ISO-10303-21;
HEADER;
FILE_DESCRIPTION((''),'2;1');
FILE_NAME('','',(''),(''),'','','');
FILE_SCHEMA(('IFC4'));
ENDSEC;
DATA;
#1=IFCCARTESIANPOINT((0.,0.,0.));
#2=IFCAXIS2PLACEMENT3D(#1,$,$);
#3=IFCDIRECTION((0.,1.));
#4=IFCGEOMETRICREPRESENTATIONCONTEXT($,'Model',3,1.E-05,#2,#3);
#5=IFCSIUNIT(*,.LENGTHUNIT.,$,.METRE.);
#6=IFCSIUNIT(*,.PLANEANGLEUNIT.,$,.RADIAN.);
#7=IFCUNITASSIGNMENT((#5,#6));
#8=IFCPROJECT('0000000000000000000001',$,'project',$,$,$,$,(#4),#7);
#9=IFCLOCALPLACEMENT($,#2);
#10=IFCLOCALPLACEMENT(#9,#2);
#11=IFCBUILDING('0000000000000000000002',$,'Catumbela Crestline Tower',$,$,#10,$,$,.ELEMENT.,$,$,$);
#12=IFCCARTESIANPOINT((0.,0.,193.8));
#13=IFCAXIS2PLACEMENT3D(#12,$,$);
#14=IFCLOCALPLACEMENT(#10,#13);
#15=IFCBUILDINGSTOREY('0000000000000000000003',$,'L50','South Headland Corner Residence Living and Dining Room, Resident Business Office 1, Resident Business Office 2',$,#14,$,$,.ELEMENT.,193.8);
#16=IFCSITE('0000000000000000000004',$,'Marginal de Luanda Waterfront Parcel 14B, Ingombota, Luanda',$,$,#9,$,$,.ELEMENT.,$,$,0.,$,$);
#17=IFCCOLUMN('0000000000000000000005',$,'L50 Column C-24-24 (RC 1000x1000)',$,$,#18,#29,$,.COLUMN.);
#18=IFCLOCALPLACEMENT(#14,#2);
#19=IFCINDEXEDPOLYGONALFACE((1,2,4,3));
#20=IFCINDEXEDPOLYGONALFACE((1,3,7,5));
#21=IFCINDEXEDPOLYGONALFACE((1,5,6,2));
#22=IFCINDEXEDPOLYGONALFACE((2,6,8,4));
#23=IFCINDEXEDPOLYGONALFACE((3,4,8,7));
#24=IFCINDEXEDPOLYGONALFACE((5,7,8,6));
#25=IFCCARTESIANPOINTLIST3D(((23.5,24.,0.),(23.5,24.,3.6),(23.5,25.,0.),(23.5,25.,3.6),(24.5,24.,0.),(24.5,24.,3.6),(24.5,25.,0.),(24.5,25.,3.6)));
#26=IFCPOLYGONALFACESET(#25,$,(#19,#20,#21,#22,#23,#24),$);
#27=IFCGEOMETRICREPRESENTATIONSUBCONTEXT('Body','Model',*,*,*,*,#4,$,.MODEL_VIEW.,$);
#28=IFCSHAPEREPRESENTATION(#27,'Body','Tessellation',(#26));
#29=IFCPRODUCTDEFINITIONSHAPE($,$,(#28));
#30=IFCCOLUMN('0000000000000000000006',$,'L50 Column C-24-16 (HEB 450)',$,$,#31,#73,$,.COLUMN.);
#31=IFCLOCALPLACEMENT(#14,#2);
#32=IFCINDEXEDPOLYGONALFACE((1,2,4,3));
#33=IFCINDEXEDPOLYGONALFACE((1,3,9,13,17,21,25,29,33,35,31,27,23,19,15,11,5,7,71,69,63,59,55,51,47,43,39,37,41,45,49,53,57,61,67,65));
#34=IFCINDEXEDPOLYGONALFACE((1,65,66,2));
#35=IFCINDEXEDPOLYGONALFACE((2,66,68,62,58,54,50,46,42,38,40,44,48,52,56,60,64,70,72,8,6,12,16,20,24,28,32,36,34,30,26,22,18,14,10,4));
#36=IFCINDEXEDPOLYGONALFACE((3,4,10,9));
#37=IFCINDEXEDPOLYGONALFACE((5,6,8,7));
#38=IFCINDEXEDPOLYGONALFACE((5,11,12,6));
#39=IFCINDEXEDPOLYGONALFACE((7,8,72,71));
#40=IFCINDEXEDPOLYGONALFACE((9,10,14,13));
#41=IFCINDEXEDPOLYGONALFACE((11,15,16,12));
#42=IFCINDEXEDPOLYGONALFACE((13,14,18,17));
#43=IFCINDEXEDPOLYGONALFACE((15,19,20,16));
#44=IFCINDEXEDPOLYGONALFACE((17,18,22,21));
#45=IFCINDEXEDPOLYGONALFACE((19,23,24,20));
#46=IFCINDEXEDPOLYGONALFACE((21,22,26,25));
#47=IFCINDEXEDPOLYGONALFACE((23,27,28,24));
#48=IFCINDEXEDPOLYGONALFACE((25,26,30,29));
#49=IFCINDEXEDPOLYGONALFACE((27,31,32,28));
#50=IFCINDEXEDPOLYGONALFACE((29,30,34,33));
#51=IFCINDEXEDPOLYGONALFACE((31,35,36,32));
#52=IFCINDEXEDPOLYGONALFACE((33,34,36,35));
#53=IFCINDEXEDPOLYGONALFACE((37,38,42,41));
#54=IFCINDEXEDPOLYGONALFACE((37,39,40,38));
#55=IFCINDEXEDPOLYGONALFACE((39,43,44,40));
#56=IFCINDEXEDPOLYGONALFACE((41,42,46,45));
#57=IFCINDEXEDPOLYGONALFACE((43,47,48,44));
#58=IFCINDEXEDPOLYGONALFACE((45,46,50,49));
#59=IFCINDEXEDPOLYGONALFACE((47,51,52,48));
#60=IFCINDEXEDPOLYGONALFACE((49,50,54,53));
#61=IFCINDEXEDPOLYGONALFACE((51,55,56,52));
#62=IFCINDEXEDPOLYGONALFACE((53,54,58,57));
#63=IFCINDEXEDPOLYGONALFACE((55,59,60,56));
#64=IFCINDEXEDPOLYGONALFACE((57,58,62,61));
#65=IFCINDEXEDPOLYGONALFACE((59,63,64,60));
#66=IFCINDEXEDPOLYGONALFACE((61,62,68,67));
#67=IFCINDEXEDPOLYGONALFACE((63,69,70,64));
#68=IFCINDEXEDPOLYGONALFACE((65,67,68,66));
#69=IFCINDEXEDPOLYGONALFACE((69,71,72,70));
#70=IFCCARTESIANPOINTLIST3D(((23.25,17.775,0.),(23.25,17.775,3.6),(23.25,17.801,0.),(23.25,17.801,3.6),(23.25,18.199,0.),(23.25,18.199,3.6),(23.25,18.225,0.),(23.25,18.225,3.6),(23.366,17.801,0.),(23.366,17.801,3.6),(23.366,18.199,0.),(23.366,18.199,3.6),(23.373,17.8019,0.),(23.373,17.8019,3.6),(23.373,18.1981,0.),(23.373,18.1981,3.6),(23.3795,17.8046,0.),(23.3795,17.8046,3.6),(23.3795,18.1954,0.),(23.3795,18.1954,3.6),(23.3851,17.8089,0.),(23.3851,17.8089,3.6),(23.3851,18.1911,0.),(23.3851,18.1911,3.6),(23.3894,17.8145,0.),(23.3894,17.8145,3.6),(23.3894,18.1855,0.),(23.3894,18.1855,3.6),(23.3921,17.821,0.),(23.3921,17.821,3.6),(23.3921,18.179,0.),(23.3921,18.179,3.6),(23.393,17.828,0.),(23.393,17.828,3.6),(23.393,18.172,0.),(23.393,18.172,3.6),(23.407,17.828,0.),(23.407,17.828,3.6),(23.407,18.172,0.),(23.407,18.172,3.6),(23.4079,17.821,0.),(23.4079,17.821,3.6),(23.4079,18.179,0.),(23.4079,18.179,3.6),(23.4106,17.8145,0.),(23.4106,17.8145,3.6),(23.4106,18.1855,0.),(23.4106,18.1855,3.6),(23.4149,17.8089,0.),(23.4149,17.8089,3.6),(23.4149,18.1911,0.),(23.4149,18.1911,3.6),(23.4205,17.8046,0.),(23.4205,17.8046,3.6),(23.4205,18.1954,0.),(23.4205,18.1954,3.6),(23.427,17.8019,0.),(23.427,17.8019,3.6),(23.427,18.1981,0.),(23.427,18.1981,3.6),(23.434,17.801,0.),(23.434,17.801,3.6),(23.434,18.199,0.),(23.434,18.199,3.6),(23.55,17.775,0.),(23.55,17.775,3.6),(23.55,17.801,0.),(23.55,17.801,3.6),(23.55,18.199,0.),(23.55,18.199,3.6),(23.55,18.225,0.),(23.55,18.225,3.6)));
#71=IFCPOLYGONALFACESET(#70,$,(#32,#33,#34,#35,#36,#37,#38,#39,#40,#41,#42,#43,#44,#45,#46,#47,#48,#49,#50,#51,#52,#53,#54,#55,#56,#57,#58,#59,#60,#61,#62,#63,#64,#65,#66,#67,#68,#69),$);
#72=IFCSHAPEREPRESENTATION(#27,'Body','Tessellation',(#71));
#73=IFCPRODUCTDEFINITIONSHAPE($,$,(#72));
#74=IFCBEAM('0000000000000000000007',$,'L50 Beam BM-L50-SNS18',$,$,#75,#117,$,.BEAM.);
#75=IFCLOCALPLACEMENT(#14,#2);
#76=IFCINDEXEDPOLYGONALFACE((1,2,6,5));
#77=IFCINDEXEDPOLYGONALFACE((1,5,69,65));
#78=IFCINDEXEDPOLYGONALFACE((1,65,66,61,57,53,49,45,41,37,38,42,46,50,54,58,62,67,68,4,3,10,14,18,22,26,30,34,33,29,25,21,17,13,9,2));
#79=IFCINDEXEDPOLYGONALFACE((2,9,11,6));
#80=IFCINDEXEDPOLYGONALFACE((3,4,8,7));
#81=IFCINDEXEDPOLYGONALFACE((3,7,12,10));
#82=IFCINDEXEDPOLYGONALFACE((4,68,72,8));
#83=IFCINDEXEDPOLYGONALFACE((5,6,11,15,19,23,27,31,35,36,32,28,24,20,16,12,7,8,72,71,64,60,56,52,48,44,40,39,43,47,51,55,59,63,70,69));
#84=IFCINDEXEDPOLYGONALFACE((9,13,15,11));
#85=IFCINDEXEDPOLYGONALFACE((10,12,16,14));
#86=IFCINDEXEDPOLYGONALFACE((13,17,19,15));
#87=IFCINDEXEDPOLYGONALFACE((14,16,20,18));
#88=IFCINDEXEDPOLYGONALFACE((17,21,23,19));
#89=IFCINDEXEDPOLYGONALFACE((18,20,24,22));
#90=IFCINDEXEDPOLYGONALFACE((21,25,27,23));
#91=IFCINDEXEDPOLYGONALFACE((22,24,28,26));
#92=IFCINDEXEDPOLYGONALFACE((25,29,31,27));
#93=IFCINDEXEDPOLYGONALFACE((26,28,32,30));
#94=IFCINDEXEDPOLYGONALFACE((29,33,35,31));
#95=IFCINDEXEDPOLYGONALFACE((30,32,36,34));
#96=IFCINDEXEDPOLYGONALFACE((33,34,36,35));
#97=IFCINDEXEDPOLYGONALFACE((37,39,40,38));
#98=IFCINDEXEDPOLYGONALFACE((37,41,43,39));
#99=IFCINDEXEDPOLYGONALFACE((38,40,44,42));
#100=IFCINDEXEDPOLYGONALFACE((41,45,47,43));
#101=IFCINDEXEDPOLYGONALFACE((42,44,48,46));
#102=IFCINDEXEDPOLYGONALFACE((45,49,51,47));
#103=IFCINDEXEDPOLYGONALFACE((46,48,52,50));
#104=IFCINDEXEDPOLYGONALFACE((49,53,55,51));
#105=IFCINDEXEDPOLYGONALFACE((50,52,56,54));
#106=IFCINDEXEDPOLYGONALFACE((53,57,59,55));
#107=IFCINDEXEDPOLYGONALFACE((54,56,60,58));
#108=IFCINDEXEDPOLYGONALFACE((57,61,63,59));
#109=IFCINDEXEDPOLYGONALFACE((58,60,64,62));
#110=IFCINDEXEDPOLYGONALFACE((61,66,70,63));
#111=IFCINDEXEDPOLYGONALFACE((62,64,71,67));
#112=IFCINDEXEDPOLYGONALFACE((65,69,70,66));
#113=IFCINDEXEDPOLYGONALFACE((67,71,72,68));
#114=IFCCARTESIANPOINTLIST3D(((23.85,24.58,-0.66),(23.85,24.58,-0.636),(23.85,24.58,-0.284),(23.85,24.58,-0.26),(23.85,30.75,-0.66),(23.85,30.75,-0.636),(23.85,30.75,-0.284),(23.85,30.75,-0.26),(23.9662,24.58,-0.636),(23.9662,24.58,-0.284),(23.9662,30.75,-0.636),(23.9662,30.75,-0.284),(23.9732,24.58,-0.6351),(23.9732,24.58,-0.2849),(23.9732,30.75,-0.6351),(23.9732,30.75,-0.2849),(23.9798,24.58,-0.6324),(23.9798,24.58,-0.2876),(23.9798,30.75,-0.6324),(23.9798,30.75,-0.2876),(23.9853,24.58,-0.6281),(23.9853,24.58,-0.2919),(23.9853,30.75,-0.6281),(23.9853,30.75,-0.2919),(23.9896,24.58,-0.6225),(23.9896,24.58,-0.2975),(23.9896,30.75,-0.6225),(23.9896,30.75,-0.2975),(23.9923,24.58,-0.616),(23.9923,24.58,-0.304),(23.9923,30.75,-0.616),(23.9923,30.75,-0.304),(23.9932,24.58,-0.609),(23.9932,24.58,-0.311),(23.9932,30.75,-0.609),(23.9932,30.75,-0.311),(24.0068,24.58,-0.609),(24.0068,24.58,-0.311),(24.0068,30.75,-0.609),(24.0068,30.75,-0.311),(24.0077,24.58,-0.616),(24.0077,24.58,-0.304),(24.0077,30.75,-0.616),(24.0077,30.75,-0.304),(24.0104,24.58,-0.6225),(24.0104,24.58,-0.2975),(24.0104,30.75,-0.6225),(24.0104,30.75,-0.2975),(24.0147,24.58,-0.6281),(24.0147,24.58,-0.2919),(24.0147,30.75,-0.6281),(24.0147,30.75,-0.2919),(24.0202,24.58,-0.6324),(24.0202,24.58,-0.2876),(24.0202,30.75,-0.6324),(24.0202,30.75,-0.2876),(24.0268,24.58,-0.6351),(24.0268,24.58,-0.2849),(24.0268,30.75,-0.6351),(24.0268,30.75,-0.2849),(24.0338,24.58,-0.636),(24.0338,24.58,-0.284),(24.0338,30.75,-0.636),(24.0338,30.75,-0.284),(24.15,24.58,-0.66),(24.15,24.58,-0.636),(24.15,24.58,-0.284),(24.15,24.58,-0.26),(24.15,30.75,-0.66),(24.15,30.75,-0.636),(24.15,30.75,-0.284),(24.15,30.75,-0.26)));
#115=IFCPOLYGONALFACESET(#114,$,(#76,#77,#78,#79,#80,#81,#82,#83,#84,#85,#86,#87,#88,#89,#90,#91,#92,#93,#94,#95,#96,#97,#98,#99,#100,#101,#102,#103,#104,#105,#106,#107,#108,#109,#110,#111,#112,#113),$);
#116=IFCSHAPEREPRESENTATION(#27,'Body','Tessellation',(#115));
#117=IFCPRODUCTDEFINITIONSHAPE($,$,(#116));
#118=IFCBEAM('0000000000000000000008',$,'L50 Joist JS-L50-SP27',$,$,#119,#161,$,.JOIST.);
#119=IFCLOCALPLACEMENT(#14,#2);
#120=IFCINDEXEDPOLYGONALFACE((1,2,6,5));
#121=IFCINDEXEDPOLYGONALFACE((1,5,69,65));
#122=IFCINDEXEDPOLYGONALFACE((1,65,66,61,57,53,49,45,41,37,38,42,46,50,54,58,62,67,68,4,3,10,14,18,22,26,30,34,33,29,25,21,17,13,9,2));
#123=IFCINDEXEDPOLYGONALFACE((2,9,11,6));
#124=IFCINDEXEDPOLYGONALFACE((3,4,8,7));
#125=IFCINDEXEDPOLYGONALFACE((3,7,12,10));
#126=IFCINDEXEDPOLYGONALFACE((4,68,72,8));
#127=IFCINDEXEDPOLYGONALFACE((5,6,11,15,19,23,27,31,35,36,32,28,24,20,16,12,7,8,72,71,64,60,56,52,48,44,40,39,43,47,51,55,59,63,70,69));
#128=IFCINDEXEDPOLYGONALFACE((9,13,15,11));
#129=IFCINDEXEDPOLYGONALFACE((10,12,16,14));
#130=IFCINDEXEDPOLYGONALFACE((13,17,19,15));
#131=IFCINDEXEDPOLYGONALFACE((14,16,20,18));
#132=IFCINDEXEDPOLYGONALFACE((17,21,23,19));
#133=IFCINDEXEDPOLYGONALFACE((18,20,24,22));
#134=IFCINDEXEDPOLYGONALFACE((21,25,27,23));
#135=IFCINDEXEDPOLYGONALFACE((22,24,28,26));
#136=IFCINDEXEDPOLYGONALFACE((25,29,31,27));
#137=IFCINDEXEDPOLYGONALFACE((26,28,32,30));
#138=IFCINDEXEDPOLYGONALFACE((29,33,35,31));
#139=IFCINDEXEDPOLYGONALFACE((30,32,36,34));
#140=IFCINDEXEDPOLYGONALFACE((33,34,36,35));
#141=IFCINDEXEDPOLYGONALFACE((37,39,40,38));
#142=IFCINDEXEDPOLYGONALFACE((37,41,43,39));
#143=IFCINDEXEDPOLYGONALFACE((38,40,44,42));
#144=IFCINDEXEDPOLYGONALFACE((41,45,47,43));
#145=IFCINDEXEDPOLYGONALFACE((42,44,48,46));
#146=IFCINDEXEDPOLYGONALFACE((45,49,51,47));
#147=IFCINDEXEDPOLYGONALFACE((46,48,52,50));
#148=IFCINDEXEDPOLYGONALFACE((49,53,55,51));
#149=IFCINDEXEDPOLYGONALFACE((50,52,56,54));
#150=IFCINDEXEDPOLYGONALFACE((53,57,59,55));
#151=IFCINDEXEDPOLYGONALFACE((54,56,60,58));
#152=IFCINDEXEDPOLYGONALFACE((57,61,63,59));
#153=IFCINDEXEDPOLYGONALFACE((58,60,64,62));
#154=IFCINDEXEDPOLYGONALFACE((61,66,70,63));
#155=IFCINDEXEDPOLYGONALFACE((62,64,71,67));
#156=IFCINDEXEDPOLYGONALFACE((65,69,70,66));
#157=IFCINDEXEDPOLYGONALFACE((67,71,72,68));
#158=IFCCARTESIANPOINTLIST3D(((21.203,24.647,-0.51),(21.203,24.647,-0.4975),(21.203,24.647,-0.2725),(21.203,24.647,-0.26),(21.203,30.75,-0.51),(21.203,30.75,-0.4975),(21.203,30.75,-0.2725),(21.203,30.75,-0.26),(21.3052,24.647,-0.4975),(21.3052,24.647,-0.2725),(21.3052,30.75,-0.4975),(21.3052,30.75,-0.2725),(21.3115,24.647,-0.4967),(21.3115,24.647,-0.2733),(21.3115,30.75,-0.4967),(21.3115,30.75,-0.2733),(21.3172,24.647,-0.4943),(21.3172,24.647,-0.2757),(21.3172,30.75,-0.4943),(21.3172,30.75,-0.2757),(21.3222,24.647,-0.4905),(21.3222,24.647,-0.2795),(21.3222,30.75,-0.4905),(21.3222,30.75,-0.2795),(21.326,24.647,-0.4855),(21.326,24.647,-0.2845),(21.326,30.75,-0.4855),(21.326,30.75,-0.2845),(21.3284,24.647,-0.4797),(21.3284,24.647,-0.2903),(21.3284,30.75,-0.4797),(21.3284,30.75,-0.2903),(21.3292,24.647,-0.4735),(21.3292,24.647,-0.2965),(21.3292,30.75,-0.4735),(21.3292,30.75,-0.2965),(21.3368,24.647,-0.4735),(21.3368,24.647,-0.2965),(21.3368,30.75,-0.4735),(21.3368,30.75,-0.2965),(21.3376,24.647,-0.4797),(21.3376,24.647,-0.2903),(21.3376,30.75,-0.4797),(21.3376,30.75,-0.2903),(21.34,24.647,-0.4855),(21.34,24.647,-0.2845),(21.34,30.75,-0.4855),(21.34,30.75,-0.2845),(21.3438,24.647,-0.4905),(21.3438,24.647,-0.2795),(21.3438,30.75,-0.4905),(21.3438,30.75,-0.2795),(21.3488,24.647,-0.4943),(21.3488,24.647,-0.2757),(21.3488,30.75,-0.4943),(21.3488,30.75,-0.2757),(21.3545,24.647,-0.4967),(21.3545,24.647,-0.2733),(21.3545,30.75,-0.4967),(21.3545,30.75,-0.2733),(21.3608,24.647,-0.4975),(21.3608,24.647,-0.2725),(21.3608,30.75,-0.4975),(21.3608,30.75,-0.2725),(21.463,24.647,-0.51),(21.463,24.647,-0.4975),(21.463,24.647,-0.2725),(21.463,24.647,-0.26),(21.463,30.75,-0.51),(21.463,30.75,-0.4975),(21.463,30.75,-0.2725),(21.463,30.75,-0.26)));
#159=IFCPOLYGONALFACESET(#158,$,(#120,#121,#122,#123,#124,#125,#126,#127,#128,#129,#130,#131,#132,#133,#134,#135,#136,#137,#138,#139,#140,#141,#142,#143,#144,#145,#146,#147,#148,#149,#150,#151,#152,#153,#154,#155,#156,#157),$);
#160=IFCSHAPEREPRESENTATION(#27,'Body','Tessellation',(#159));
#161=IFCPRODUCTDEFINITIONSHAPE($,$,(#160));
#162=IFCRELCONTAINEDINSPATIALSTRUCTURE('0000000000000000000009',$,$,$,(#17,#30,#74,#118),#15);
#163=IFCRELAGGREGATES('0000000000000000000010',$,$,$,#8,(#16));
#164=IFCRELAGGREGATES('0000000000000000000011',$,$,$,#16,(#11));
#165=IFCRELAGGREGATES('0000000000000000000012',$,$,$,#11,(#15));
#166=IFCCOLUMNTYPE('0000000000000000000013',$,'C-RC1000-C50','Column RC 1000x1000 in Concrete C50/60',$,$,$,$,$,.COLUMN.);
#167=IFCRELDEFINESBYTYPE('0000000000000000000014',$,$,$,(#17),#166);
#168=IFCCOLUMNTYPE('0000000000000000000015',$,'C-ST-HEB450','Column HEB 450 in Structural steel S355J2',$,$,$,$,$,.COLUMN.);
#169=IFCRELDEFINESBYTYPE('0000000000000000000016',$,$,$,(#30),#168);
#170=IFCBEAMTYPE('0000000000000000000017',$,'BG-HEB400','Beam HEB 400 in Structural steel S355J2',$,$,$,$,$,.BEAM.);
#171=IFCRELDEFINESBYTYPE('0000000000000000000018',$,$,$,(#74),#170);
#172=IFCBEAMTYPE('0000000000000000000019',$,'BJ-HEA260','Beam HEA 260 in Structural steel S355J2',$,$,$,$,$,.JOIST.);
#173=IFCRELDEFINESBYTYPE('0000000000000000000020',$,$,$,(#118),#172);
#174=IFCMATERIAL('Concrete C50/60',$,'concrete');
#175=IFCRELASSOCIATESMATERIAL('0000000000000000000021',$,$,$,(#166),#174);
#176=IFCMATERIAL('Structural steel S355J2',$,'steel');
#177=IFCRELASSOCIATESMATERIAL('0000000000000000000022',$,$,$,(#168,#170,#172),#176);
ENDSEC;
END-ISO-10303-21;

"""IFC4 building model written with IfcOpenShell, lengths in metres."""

from ifc_helpers import new_model, si_unit, direction, frame, origin, origin_2d, place, context, subcontext, project, spatial, rectangle, i_section, extrude, material, material_profile, profile_set, type_object, element, save


model = new_model("IFC4")

# Units and contexts
model_context = context("Model", 3, precision=1e-05, world=origin(), true_north=direction((0.0, 1.0)))
body_context = subcontext(model_context, "Body", "Model", "MODEL_VIEW")
ifc_project = project(units=[si_unit("LENGTHUNIT", "METRE"), si_unit("PLANEANGLEUNIT", "RADIAN")], contexts=[model_context])

# Site, building, storey
site_placement = place(None, origin())
site = spatial("IfcSite", under=ifc_project, at=site_placement, Name="Marginal de Luanda Waterfront Parcel 14B, Ingombota, Luanda", CompositionType="ELEMENT", RefElevation=0.0)
building_placement = place(site_placement, origin())
building = spatial("IfcBuilding", under=site, at=building_placement, Name="Catumbela Crestline Tower", CompositionType="ELEMENT")
storey_placement = place(building_placement, frame((0.0, 0.0, 193.8)))
storey = spatial("IfcBuildingStorey", under=building, at=storey_placement, Name="L50", Description="South Headland Corner Residence Living and Dining Room, Resident Business Office 1, Resident Business Office 2", CompositionType="ELEMENT", Elevation=193.8)

# Columns
ifc_material_1 = material(Name="Concrete C50/60", Category="concrete")
ifc_material_profile_1 = material_profile(ifc_material_1, rectangle(XDim=1.0, YDim=1.0, at=origin_2d()), Name="RC 1000x1000")
ifc_profile_set_1 = profile_set([ifc_material_profile_1], Name="Concrete C50/60")
column_type_1 = type_object("IfcColumnType", Name="C-RC1000-C50", Description="Column RC 1000x1000 in Concrete C50/60", PredefinedType="COLUMN", material=ifc_profile_set_1)
column_1_placement = place(storey_placement, frame((24.0, 24.5, 0.0), z_axis=(0.0, 0.0, 1.0), x_axis=(1.0, 0.0, 0.0)))
element("IfcColumn", 1, at=column_1_placement, inside=storey, type_object=column_type_1, Name="L50 Column C-24-24 (RC 1000x1000)", PredefinedType="COLUMN", context=body_context, shape_type="SweptSolid", body=[
    extrude(rectangle(XDim=1.0, YDim=1.0, at=origin_2d()), origin(), (0.0, 0.0, 1.0), 3.6),
])
ifc_material_2 = material(Name="Structural steel S355J2", Category="steel")
ifc_material_profile_2 = material_profile(ifc_material_2, i_section(OverallWidth=0.3, OverallDepth=0.45, WebThickness=0.014, FlangeThickness=0.026, FilletRadius=0.027, at=origin_2d()), Name="HEB 450")
ifc_profile_set_2 = profile_set([ifc_material_profile_2], Name="Structural steel S355J2")
column_type_2 = type_object("IfcColumnType", Name="C-ST-HEB450", Description="Column HEB 450 in Structural steel S355J2", PredefinedType="COLUMN", material=ifc_profile_set_2)
column_2_placement = place(storey_placement, frame((23.4, 18.0, 0.0), z_axis=(0.0, 0.0, 1.0), x_axis=(1.0, 0.0, 0.0)))
element("IfcColumn", 2, at=column_2_placement, inside=storey, type_object=column_type_2, Name="L50 Column C-24-16 (HEB 450)", PredefinedType="COLUMN", context=body_context, shape_type="SweptSolid", body=[
    extrude(i_section(OverallWidth=0.3, OverallDepth=0.45, WebThickness=0.014, FlangeThickness=0.026, FilletRadius=0.027, at=origin_2d()), origin(), (0.0, 0.0, 1.0), 3.6),
])

# Beams
ifc_material_profile_3 = material_profile(ifc_material_2, i_section(OverallWidth=0.3, OverallDepth=0.4, WebThickness=0.0135, FlangeThickness=0.024, FilletRadius=0.027, at=origin_2d()), Name="HEB 400")
ifc_profile_set_3 = profile_set([ifc_material_profile_3], Name="Structural steel S355J2")
beam_type_1 = type_object("IfcBeamType", Name="BG-HEB400", Description="Beam HEB 400 in Structural steel S355J2", PredefinedType="BEAM", material=ifc_profile_set_3)
beam_1_placement = place(storey_placement, frame((24.0, 24.58, -0.46), z_axis=(0.0, 1.0, 0.0), x_axis=(-1.0, 0.0, 0.0)))
element("IfcBeam", 3, at=beam_1_placement, inside=storey, type_object=beam_type_1, Name="L50 Beam BM-L50-SNS18", PredefinedType="BEAM", context=body_context, shape_type="SweptSolid", body=[
    extrude(i_section(OverallWidth=0.3, OverallDepth=0.4, WebThickness=0.0135, FlangeThickness=0.024, FilletRadius=0.027, at=origin_2d()), origin(), (0.0, 0.0, 1.0), 6.17),
])
ifc_material_profile_4 = material_profile(ifc_material_2, i_section(OverallWidth=0.26, OverallDepth=0.25, WebThickness=0.0075, FlangeThickness=0.0125, FilletRadius=0.024, at=origin_2d()), Name="HEA 260")
ifc_profile_set_4 = profile_set([ifc_material_profile_4], Name="Structural steel S355J2")
beam_type_2 = type_object("IfcBeamType", Name="BJ-HEA260", Description="Beam HEA 260 in Structural steel S355J2", PredefinedType="JOIST", material=ifc_profile_set_4)
for number, where, z_axis, x_axis, name in (
    (4, (21.333, 24.647, -0.385), (0.0, 1.0, 0.0), (-1.0, 0.0, 0.0), "L50 Joist JS-L50-SP27"),
):
    element("IfcBeam", number, at=place(storey_placement, frame(where, z_axis=z_axis, x_axis=x_axis)), inside=storey, type_object=beam_type_2, Name=name, PredefinedType="JOIST", context=body_context, shape_type="SweptSolid", body=[
        extrude(i_section(OverallWidth=0.26, OverallDepth=0.25, WebThickness=0.0075, FlangeThickness=0.0125, FilletRadius=0.024, at=origin_2d()), origin(), (0.0, 0.0, 1.0), 6.103),
    ])

save(model, "model.ifc")
